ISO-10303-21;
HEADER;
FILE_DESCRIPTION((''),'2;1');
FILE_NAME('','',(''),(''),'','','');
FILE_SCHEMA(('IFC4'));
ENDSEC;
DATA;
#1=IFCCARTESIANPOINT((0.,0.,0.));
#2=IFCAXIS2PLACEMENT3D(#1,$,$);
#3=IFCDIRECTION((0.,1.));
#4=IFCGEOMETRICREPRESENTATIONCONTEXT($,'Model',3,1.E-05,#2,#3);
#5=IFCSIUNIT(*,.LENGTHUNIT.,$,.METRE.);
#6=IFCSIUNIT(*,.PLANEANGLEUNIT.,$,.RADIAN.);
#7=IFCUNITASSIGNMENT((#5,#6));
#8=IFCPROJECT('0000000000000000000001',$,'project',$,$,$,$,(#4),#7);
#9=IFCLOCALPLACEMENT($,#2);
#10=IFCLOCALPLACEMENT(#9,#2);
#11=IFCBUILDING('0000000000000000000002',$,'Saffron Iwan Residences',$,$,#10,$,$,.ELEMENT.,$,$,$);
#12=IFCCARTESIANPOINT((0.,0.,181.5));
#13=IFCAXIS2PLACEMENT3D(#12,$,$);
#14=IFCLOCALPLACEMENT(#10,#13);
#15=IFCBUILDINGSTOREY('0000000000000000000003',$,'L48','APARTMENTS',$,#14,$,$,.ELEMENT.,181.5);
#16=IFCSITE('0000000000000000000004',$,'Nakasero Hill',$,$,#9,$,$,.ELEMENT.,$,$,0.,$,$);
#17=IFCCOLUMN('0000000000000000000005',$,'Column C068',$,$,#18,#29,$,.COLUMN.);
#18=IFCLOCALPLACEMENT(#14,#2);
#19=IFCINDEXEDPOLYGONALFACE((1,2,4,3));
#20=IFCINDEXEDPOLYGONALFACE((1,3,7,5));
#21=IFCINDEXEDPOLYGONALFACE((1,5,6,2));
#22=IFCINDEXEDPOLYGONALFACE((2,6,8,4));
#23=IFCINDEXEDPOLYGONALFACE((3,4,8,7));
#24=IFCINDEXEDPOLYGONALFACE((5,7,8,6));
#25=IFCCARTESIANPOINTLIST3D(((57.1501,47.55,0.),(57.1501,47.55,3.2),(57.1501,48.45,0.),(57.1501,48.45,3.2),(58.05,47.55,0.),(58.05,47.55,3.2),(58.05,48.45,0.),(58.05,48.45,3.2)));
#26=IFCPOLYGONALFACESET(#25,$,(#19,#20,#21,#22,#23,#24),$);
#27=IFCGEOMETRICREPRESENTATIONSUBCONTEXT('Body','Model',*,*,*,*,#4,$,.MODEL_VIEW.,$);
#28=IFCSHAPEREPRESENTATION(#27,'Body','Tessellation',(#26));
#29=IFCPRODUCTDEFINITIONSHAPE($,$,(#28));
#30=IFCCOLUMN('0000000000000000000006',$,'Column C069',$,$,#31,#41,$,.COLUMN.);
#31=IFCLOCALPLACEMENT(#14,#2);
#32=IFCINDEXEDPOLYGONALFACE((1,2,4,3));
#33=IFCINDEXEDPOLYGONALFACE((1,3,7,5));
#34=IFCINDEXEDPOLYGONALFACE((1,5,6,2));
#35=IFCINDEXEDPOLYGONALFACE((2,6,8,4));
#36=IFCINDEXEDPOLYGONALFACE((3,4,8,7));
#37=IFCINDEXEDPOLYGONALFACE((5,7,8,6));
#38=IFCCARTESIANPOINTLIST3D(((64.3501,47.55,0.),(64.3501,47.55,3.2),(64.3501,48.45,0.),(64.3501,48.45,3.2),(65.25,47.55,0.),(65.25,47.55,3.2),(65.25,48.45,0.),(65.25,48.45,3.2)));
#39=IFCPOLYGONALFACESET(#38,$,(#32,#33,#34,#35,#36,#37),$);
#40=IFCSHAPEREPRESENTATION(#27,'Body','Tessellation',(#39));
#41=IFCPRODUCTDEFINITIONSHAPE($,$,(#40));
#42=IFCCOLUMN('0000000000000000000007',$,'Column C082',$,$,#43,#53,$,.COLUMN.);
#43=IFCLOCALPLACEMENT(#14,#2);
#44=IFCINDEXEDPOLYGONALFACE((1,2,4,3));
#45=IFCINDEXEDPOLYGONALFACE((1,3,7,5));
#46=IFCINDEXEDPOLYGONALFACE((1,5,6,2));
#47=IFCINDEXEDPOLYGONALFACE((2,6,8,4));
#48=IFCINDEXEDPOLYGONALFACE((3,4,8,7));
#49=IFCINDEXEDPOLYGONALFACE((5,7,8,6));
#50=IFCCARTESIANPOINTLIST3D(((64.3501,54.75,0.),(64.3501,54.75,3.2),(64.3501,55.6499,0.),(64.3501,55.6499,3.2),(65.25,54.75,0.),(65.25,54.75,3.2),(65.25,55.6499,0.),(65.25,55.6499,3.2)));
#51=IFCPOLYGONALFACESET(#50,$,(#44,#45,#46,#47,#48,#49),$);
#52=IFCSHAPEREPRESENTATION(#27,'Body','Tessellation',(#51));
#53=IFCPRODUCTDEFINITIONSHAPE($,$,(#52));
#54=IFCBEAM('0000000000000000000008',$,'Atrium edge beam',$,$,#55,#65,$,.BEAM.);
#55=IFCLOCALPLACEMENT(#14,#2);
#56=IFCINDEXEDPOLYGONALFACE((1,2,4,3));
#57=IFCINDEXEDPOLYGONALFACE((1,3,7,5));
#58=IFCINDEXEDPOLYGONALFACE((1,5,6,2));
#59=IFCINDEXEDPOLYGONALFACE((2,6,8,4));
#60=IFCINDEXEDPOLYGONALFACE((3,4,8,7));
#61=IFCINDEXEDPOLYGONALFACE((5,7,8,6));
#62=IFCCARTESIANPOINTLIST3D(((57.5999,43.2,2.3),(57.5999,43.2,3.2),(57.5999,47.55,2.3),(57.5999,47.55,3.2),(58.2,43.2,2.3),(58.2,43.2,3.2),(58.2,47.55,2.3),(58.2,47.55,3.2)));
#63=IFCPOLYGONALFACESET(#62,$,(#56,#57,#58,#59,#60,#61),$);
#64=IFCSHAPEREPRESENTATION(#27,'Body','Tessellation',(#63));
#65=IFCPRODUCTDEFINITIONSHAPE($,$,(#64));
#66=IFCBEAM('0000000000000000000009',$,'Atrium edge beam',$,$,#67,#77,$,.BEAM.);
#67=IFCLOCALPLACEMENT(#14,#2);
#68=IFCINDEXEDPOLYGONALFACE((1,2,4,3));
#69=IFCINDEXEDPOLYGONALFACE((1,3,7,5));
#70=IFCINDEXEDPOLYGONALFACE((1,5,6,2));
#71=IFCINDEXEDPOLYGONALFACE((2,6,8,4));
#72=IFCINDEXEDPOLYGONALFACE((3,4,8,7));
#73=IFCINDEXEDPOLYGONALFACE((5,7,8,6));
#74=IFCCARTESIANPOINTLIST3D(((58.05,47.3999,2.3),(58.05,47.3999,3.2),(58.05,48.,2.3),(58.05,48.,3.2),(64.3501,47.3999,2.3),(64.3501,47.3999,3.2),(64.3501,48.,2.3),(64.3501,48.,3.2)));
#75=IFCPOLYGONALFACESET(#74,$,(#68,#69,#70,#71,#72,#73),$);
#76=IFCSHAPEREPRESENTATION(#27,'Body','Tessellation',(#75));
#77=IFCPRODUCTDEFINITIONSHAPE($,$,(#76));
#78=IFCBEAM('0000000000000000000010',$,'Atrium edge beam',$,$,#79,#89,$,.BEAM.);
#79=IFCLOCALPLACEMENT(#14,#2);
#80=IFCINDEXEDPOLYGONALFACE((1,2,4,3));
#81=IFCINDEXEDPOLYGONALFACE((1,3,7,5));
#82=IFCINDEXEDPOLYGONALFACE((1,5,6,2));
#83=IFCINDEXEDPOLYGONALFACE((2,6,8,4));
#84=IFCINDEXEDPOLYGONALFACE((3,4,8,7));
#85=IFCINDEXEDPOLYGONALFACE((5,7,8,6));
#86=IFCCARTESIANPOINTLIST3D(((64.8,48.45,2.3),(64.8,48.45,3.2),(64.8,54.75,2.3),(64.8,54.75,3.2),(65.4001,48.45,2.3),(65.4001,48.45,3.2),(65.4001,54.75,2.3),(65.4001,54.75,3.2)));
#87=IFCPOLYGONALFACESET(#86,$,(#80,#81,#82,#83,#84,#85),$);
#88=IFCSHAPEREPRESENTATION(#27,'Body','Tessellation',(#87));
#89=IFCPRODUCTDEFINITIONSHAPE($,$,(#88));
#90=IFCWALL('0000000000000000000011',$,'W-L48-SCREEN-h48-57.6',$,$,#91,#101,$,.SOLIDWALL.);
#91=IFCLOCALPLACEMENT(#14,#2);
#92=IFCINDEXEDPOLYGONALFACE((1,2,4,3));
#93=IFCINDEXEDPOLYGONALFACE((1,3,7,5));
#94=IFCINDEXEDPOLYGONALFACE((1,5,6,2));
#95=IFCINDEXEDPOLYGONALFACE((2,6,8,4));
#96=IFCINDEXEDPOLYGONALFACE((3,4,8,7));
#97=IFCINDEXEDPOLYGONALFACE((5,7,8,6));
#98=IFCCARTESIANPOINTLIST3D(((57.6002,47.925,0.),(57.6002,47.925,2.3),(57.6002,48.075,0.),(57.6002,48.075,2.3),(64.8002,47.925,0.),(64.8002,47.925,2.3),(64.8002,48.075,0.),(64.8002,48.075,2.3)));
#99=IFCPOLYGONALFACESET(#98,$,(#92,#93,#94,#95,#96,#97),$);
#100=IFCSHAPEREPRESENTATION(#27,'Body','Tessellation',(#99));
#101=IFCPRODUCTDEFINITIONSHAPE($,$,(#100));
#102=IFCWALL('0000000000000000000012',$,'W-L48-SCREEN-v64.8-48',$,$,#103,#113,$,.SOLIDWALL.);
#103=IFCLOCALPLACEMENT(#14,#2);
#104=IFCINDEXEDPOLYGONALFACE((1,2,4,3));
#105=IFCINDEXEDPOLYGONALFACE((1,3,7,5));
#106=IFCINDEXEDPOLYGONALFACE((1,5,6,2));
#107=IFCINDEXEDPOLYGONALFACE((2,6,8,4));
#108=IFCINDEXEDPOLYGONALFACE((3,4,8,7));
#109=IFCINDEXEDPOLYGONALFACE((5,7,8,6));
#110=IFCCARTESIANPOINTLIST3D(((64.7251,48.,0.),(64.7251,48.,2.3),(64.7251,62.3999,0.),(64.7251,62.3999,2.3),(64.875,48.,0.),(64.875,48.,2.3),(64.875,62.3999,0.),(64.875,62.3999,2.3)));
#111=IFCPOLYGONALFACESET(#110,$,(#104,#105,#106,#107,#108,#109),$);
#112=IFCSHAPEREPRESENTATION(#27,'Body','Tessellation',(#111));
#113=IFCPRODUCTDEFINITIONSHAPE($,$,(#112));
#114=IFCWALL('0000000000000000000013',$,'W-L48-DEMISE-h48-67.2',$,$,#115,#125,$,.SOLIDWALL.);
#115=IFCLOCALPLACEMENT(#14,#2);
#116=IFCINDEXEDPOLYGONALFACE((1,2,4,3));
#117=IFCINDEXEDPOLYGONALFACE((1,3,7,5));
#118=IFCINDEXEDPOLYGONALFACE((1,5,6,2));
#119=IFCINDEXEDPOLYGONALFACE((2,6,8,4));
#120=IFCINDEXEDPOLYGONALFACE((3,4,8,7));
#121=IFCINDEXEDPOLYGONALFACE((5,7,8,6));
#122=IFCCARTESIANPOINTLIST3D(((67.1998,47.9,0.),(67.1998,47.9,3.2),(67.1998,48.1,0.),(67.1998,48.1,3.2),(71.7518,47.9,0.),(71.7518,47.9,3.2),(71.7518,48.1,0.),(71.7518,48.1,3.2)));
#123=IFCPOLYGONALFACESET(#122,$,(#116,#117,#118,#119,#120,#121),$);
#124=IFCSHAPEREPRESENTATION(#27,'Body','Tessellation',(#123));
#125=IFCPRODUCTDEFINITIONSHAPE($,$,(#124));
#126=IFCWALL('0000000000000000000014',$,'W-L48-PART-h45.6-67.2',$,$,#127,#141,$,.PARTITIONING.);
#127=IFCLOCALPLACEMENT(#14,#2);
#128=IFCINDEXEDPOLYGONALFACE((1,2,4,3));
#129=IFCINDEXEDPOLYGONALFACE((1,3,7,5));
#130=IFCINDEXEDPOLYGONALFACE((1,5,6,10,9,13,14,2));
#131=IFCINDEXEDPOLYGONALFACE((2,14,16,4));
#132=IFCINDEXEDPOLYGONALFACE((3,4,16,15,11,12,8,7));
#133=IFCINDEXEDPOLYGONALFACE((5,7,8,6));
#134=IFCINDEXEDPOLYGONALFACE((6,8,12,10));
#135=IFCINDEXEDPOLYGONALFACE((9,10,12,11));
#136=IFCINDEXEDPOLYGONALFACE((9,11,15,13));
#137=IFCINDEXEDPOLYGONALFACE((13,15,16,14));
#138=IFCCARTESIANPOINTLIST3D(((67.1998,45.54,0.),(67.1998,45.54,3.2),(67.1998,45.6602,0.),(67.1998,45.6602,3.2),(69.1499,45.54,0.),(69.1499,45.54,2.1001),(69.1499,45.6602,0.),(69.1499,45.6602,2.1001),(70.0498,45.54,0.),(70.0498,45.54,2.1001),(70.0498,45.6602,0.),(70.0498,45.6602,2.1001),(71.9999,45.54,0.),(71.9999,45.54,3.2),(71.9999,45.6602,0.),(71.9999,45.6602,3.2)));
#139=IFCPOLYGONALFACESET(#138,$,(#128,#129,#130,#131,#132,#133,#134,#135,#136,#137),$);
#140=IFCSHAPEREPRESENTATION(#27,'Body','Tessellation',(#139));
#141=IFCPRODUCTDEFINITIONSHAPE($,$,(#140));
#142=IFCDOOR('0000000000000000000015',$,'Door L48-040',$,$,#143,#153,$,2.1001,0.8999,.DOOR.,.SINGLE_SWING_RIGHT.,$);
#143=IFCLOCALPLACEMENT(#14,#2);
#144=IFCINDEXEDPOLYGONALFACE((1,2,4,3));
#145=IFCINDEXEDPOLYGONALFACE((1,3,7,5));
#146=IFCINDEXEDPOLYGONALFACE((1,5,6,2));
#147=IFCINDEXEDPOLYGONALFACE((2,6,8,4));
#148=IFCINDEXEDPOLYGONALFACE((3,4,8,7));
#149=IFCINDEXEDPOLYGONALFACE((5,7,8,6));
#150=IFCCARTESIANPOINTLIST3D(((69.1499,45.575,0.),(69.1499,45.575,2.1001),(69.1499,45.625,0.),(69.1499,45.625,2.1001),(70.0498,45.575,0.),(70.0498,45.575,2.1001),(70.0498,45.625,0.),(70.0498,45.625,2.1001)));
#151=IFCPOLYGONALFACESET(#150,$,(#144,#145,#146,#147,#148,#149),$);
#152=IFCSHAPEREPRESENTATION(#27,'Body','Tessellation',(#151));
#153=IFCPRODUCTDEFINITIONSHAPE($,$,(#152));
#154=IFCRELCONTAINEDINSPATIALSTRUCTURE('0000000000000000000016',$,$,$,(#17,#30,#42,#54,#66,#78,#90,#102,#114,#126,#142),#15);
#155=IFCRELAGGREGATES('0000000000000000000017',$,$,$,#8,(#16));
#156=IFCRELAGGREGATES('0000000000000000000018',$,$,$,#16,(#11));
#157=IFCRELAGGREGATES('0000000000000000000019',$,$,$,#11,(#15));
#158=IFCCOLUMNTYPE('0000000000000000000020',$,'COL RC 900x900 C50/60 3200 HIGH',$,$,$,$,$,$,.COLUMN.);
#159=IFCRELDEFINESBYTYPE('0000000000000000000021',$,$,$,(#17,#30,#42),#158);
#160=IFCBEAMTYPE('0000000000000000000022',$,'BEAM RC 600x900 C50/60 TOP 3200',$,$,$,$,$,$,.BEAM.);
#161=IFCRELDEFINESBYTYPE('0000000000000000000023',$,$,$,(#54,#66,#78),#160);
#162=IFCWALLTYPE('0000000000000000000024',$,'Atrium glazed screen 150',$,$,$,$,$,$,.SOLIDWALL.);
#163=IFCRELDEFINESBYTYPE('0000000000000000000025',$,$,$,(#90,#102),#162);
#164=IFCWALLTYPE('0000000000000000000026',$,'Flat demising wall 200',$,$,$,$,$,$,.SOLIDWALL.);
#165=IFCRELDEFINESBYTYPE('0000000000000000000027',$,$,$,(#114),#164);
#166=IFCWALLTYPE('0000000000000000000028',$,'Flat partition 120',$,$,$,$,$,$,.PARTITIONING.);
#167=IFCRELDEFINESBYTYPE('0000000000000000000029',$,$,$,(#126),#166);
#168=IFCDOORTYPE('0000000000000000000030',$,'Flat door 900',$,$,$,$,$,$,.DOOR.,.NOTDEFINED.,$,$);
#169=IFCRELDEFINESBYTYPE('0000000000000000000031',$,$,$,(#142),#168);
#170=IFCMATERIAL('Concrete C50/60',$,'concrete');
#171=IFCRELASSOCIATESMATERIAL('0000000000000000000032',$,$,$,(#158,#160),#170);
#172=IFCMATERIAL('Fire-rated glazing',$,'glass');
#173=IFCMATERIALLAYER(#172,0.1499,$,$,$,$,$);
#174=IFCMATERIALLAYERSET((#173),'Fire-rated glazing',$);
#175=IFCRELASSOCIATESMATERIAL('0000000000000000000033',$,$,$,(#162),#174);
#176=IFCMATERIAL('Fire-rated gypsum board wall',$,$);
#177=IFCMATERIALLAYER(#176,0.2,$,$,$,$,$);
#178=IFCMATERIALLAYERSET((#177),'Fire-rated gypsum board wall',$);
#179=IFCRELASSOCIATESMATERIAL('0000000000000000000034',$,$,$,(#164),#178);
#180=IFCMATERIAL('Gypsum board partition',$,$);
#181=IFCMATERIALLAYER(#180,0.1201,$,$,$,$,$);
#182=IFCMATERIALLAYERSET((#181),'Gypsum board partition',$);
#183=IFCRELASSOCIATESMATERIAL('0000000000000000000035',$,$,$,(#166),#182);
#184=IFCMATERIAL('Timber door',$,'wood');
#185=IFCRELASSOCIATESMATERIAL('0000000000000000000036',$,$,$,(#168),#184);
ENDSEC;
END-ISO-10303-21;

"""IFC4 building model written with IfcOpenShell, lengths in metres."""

from ifc_helpers import new_model, si_unit, direction, frame, frame_2d, origin, origin_2d, place, context, subcontext, project, spatial, rectangle, extrude, source, transform, mapped, material, layer, layer_set, material_profile, profile_set, type_object, element, fill, save


model = new_model("IFC4")

# Units and contexts
model_context = context("Model", 3, precision=1e-05, world=origin(), true_north=direction((0.0, 1.0)))
body_context = subcontext(model_context, "Body", "Model", "MODEL_VIEW")
ifc_project = project(units=[si_unit("LENGTHUNIT", "METRE"), si_unit("PLANEANGLEUNIT", "RADIAN")], contexts=[model_context])

# Site, building, storey
site_placement = place(None, origin())
site = spatial("IfcSite", under=ifc_project, at=site_placement, Name="Nakasero Hill", CompositionType="ELEMENT", RefElevation=0.0)
building_placement = place(site_placement, origin())
building = spatial("IfcBuilding", under=site, at=building_placement, Name="Saffron Iwan Residences", CompositionType="ELEMENT")
storey_placement = place(building_placement, frame((0.0, 0.0, 181.5)))
storey = spatial("IfcBuildingStorey", under=building, at=storey_placement, Name="L48", Description="APARTMENTS", CompositionType="ELEMENT", Elevation=181.5)

# Columns
ifc_material_1 = material(Name="Concrete C50/60", Category="concrete")
ifc_material_profile_1 = material_profile(ifc_material_1, rectangle(XDim=0.8999, YDim=0.8999, at=origin_2d()), Name="RC 900x900")
ifc_profile_set_1 = profile_set([ifc_material_profile_1], Name="Concrete C50/60")
column_type = type_object("IfcColumnType", Name="COL RC 900x900 C50/60 3200 HIGH", PredefinedType="COLUMN", material=ifc_profile_set_1)
shared_shape_1 = source(origin(), body_context, "Body", "SweptSolid", [
    extrude(rectangle(XDim=0.8999, YDim=0.8999, at=origin_2d()), origin(), (0.0, 0.0, 1.0), 3.2),
])
for number, where, z_axis, x_axis, name in (
    (1, (57.6001, 48.0, 0.0), (0.0, 0.0, 1.0), (1.0, 0.0, 0.0), "Column C068"),
    (2, (64.8, 48.0, 0.0), (0.0, 0.0, 1.0), (1.0, 0.0, 0.0), "Column C069"),
    (3, (64.8, 55.2, 0.0), (0.0, 0.0, 1.0), (1.0, 0.0, 0.0), "Column C082"),
):
    element("IfcColumn", number, at=place(storey_placement, frame(where, z_axis=z_axis, x_axis=x_axis)), inside=storey, type_object=column_type, Name=name, PredefinedType="COLUMN", context=body_context, shape_type="MappedRepresentation", body=[
        mapped(shared_shape_1, transform((0.0, 0.0, 0.0))),
    ])

# Beams
ifc_material_profile_2 = material_profile(ifc_material_1, rectangle(XDim=0.6001, YDim=0.8999, at=origin_2d()), Name="RC 600x900")
ifc_profile_set_2 = profile_set([ifc_material_profile_2], Name="Concrete C50/60")
beam_type = type_object("IfcBeamType", Name="BEAM RC 600x900 C50/60 TOP 3200", PredefinedType="BEAM", material=ifc_profile_set_2)
shared_shape_2 = source(origin(), body_context, "Body", "SweptSolid", [
    extrude(rectangle(XDim=0.6001, YDim=0.8999, at=origin_2d()), origin(), (0.0, 0.0, 1.0), 4.3501),
])
beam_placement = place(storey_placement, frame((57.8999, 47.55, 2.75), z_axis=(0.0, -1.0, 0.0), x_axis=(1.0, 0.0, 0.0)))
element("IfcBeam", 4, at=beam_placement, inside=storey, type_object=beam_type, Name="Atrium edge beam", PredefinedType="BEAM", context=body_context, shape_type="MappedRepresentation", body=[
    mapped(shared_shape_2, transform((0.0, 0.0, 0.0))),
])
shared_shape_3 = source(origin(), body_context, "Body", "SweptSolid", [
    extrude(rectangle(XDim=0.6001, YDim=0.8999, at=origin_2d()), origin(), (0.0, 0.0, 1.0), 6.3),
])
for number, where, z_axis, x_axis, name in (
    (5, (64.3501, 47.7, 2.75), (-1.0, 0.0, 0.0), (0.0, -1.0, 0.0), "Atrium edge beam"),
    (6, (65.1001, 54.75, 2.75), (0.0, -1.0, 0.0), (1.0, 0.0, 0.0), "Atrium edge beam"),
):
    element("IfcBeam", number, at=place(storey_placement, frame(where, z_axis=z_axis, x_axis=x_axis)), inside=storey, type_object=beam_type, Name=name, PredefinedType="BEAM", context=body_context, shape_type="MappedRepresentation", body=[
        mapped(shared_shape_3, transform((0.0, 0.0, 0.0))),
    ])

# Walls
ifc_material_2 = material(Name="Fire-rated glazing", Category="glass")
ifc_layer_1 = layer(ifc_material_2, 0.1499)
ifc_layer_set_1 = layer_set([ifc_layer_1], Name="Fire-rated glazing")
wall_type_1 = type_object("IfcWallType", Name="Atrium glazed screen 150", PredefinedType="SOLIDWALL", material=ifc_layer_set_1)
wall_1_placement = place(storey_placement, frame((57.6001, 48.0, 0.0), z_axis=(0.0, 0.0, 1.0), x_axis=(1.0, 0.0, 0.0)))
element("IfcWall", 7, at=wall_1_placement, inside=storey, type_object=wall_type_1, Name="W-L48-SCREEN-h48-57.6", PredefinedType="SOLIDWALL", context=body_context, shape_type="SweptSolid", body=[
    extrude(rectangle(XDim=7.2, YDim=0.1499, at=frame_2d((3.6001, 0.0))), origin(), (0.0, 0.0, 1.0), 2.3),
])
wall_2_placement = place(storey_placement, frame((64.8, 48.0, 0.0), z_axis=(0.0, 0.0, 1.0), x_axis=(0.0, 1.0, 0.0)))
element("IfcWall", 8, at=wall_2_placement, inside=storey, type_object=wall_type_1, Name="W-L48-SCREEN-v64.8-48", PredefinedType="SOLIDWALL", context=body_context, shape_type="SweptSolid", body=[
    extrude(rectangle(XDim=14.3999, YDim=0.1499, at=frame_2d((7.2, 0.0))), origin(), (0.0, 0.0, 1.0), 2.3),
])
ifc_material_3 = material(Name="Fire-rated gypsum board wall")
ifc_layer_2 = layer(ifc_material_3, 0.2)
ifc_layer_set_2 = layer_set([ifc_layer_2], Name="Fire-rated gypsum board wall")
wall_type_2 = type_object("IfcWallType", Name="Flat demising wall 200", PredefinedType="SOLIDWALL", material=ifc_layer_set_2)
wall_3_placement = place(storey_placement, frame((67.2, 48.0, 0.0), z_axis=(0.0, 0.0, 1.0), x_axis=(1.0, 0.0, 0.0)))
element("IfcWall", 9, at=wall_3_placement, inside=storey, type_object=wall_type_2, Name="W-L48-DEMISE-h48-67.2", PredefinedType="SOLIDWALL", context=body_context, shape_type="SweptSolid", body=[
    extrude(rectangle(XDim=4.552, YDim=0.2, at=frame_2d((2.2759, 0.0))), origin(), (0.0, 0.0, 1.0), 3.2),
])

# Wall, opening, door
ifc_material_4 = material(Name="Gypsum board partition")
ifc_layer_3 = layer(ifc_material_4, 0.1201)
ifc_layer_set_3 = layer_set([ifc_layer_3], Name="Gypsum board partition")
wall_type_3 = type_object("IfcWallType", Name="Flat partition 120", PredefinedType="PARTITIONING", material=ifc_layer_set_3)
wall_4_placement = place(storey_placement, frame((67.2, 45.6001, 0.0), z_axis=(0.0, 0.0, 1.0), x_axis=(1.0, 0.0, 0.0)))
wall_4 = element("IfcWall", 10, at=wall_4_placement, inside=storey, type_object=wall_type_3, Name="W-L48-PART-h45.6-67.2", PredefinedType="PARTITIONING", context=body_context, shape_type="SweptSolid", body=[
    extrude(rectangle(XDim=4.8, YDim=0.1201, at=frame_2d((2.3999, 0.0))), origin(), (0.0, 0.0, 1.0), 3.2),
])
opening_1_placement = place(wall_4_placement, frame((1.95, 0.0, 0.0)))
opening_1 = element("IfcOpeningElement", 11, at=opening_1_placement, cuts=wall_4, PredefinedType="OPENING", context=body_context, shape_type="SweptSolid", body=[
    extrude(rectangle(XDim=0.8999, YDim=2.1001, at=frame_2d((0.45, 1.05))), frame((0.0, 0.0701, 0.0), z_axis=(0.0, -1.0, 0.0), x_axis=(1.0, 0.0, 0.0)), (0.0, 0.0, 1.0), 0.1401),
])
ifc_material_5 = material(Name="Timber door", Category="wood")
door_type_1 = type_object("IfcDoorType", Name="Flat door 900", OperationType="NOTDEFINED", PredefinedType="DOOR", material=ifc_material_5)
door_1_placement = place(opening_1_placement, origin())
door_1 = element("IfcDoor", 12, at=door_1_placement, inside=storey, type_object=door_type_1, Name="Door L48-040", OperationType="SINGLE_SWING_RIGHT", OverallHeight=2.1001, OverallWidth=0.8999, PredefinedType="DOOR", context=body_context, shape_type="SweptSolid", body=[
    extrude(rectangle(XDim=0.8999, YDim=2.1001, at=frame_2d((0.45, 1.05))), frame((0.0, 0.0249, 0.0), z_axis=(0.0, -1.0, 0.0), x_axis=(1.0, 0.0, 0.0)), (0.0, 0.0, 1.0), 0.05),
])
fill(opening_1, door_1)

save(model, "model.ifc")
